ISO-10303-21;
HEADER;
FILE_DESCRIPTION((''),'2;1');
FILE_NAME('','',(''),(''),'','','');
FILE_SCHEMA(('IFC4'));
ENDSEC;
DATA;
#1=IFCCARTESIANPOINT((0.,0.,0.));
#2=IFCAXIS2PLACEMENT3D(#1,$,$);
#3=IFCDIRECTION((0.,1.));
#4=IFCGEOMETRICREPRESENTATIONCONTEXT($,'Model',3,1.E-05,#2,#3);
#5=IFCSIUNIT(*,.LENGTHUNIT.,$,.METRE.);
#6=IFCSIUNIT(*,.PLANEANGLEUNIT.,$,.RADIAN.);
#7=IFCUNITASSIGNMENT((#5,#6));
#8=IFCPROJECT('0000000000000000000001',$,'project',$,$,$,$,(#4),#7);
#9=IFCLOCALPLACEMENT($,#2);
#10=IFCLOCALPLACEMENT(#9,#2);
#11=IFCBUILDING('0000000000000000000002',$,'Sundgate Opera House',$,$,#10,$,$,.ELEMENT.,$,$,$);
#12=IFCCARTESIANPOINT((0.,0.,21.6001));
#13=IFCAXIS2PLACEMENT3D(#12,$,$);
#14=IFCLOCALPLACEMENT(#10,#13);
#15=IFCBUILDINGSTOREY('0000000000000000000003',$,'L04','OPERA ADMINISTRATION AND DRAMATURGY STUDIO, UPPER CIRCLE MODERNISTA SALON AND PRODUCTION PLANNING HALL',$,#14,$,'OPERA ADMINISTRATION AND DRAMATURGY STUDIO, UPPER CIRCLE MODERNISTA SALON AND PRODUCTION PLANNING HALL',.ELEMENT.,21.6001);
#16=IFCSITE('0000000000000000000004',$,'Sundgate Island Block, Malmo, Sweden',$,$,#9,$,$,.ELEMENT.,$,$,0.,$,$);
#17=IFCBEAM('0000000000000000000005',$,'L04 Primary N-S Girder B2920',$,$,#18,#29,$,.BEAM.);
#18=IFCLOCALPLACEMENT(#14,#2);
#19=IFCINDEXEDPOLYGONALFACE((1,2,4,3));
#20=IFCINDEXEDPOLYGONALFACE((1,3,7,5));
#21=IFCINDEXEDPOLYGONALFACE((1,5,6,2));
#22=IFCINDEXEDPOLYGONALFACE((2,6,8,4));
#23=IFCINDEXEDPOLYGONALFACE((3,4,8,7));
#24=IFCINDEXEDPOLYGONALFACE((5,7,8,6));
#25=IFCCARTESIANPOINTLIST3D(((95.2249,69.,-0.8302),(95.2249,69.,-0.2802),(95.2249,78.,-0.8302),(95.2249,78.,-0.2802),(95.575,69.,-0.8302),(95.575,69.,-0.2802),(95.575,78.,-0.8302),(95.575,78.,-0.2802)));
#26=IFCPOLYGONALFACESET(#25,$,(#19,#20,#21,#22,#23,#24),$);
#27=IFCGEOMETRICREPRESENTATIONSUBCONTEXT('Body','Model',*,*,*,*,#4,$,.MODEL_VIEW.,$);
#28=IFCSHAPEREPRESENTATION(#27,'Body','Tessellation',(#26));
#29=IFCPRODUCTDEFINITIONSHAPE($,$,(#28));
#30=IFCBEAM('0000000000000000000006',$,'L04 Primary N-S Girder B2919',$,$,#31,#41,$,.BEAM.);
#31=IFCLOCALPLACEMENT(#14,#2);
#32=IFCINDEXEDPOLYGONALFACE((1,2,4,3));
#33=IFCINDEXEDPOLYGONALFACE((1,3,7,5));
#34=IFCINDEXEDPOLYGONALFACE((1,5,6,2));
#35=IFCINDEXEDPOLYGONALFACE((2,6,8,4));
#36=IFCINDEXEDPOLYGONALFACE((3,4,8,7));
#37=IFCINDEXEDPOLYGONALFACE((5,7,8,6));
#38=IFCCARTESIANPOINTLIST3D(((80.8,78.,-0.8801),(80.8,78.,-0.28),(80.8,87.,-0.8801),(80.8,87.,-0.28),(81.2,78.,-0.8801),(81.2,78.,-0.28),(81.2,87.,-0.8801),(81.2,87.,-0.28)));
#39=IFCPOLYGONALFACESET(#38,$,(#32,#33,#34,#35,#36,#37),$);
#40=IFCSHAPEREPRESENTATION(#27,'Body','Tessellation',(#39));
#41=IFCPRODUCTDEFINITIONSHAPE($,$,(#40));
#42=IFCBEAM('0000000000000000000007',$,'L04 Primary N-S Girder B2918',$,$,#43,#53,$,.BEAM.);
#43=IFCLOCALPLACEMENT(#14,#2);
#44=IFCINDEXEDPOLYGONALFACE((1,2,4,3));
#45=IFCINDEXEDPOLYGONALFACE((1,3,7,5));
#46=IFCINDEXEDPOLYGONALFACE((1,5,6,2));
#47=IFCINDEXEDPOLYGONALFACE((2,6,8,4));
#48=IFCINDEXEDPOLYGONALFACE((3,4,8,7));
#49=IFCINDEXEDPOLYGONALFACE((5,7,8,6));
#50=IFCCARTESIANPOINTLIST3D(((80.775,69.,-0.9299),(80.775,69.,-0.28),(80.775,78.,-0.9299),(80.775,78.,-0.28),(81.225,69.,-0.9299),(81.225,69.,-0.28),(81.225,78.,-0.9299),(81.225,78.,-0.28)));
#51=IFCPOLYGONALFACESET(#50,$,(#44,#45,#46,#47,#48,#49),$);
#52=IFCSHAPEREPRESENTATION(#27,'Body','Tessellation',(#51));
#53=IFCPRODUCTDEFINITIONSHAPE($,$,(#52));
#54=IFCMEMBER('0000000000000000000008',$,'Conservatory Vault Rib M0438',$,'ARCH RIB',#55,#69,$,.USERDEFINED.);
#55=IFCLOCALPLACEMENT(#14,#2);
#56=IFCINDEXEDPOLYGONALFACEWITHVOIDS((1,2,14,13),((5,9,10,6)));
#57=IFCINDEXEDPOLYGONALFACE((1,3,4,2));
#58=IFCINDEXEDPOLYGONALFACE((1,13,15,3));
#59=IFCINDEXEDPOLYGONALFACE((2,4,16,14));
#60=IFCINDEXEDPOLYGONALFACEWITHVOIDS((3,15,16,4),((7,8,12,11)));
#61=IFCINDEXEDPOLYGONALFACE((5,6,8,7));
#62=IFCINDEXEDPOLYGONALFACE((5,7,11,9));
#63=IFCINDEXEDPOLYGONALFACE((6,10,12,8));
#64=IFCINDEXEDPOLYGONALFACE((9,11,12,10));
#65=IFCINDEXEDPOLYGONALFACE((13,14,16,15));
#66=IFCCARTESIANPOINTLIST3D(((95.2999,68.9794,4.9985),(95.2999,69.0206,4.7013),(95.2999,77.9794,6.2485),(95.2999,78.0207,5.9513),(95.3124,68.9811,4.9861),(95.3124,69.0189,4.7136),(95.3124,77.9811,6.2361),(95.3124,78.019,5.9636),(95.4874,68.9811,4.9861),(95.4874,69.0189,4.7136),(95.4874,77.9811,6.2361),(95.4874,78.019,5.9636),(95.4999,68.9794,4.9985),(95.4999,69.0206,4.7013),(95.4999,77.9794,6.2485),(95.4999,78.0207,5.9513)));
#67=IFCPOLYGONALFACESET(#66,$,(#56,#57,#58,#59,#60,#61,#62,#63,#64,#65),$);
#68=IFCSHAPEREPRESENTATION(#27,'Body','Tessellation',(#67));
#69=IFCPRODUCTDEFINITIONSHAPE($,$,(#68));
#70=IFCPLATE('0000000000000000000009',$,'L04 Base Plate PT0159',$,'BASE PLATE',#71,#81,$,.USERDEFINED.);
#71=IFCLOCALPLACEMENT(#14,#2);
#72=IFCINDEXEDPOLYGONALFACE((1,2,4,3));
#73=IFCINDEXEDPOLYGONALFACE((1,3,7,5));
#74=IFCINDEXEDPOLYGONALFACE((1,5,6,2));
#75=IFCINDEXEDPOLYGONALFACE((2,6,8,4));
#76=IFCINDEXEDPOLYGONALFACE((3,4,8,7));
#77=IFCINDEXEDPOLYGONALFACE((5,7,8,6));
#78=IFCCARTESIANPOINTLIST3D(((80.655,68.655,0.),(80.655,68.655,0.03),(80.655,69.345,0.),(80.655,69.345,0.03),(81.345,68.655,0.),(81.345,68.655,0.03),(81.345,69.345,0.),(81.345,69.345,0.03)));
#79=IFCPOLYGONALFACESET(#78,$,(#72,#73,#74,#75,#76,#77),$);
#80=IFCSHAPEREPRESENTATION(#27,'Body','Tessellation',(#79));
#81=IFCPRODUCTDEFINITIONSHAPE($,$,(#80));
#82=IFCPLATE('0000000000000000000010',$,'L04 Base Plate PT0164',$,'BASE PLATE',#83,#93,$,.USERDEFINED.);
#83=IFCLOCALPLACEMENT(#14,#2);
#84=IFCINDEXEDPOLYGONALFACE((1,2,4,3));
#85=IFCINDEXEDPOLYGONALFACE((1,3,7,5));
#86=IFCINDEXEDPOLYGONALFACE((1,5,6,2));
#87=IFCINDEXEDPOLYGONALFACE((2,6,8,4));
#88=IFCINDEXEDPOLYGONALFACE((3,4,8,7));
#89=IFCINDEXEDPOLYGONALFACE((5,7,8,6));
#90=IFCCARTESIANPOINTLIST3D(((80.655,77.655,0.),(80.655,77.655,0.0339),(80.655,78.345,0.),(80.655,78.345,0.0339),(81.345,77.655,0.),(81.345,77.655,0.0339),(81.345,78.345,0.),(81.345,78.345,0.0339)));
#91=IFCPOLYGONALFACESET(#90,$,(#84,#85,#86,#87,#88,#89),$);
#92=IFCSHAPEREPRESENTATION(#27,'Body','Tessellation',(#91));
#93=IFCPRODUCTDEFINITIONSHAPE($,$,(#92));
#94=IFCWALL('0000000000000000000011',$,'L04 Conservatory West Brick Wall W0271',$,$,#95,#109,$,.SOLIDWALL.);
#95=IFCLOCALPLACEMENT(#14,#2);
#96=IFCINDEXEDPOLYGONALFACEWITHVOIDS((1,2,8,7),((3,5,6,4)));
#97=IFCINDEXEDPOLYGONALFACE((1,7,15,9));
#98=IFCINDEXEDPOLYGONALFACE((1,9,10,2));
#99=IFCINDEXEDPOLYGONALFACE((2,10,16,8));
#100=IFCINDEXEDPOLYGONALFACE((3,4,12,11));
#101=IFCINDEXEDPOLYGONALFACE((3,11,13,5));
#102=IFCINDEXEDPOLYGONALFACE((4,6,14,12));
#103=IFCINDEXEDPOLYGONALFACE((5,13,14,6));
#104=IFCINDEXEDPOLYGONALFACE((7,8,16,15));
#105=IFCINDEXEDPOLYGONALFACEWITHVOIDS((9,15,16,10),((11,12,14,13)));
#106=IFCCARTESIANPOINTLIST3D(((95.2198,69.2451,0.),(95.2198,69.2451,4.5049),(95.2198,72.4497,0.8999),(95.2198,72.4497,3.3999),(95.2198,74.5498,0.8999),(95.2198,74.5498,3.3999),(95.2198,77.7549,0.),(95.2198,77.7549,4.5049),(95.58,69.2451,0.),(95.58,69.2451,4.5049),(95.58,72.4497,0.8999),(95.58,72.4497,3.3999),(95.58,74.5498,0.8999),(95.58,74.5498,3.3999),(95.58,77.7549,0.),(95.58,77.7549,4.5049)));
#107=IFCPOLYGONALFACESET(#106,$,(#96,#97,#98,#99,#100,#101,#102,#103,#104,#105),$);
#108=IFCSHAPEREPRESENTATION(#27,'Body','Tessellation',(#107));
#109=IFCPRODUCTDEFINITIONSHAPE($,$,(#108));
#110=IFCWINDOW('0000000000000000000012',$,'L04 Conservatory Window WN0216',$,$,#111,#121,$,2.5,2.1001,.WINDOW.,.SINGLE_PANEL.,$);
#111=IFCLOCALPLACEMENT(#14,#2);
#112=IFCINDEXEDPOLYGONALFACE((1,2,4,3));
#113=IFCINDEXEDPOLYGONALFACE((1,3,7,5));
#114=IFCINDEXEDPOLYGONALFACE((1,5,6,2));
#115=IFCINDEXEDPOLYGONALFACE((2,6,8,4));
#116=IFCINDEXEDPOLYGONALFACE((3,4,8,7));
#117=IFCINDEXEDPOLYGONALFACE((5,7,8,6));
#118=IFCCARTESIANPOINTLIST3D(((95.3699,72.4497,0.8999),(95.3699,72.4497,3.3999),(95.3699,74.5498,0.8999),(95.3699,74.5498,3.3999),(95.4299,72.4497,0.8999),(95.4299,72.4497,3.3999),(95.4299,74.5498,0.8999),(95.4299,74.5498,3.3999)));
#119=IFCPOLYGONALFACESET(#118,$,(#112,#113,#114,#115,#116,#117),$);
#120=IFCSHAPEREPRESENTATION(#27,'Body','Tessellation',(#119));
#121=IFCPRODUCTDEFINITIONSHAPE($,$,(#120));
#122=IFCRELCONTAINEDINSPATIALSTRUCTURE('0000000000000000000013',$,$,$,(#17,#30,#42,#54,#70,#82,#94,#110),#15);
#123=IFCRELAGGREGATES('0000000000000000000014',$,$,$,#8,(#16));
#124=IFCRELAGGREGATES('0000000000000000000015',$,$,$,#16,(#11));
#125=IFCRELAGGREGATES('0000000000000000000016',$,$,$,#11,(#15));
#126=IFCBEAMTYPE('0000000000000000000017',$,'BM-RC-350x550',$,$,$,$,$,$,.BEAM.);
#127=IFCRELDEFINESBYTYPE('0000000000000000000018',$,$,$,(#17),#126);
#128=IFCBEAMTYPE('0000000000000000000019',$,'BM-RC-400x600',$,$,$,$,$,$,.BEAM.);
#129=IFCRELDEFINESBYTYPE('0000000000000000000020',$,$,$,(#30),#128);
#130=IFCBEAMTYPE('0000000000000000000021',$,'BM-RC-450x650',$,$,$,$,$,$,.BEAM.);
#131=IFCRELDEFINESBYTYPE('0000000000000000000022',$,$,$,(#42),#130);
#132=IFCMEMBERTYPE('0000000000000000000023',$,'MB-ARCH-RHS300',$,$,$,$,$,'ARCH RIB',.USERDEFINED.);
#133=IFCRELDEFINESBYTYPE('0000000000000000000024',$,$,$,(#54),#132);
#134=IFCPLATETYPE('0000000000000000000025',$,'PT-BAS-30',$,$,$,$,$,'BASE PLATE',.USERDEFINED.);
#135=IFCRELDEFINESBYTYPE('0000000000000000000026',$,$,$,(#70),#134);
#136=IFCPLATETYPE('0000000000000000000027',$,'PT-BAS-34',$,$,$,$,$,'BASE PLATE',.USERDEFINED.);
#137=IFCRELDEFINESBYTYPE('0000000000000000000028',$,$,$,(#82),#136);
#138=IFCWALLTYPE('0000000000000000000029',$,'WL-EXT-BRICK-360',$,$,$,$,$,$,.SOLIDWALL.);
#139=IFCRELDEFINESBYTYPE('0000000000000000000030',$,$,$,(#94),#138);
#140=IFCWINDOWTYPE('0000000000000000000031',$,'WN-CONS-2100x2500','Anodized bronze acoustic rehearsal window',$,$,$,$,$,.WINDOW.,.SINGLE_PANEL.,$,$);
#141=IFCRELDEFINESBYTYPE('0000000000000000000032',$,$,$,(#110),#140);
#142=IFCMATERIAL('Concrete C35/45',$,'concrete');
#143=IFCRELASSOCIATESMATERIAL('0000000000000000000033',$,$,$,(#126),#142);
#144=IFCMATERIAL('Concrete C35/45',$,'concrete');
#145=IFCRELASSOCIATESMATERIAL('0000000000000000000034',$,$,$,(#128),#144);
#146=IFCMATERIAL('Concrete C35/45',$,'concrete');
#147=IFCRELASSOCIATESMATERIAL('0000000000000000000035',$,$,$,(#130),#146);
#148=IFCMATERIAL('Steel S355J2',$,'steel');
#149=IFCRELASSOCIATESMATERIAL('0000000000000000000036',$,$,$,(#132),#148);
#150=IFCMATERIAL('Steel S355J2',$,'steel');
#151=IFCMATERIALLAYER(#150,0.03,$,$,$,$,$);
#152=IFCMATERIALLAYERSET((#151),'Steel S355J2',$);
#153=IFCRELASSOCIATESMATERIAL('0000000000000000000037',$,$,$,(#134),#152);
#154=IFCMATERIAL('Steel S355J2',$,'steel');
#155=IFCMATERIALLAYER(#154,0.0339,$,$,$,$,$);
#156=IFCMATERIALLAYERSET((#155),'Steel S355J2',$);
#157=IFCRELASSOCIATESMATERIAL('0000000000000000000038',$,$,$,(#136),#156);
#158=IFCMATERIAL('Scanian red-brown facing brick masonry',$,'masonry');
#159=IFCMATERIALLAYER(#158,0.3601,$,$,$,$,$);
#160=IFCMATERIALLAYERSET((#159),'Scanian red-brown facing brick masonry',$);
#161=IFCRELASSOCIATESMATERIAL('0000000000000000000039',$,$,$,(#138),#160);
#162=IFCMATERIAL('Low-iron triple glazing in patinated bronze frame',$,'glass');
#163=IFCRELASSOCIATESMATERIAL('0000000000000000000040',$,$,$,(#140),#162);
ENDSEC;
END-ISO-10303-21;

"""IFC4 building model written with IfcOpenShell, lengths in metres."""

from ifc_helpers import new_model, si_unit, direction, frame, frame_2d, origin, origin_2d, place, context, subcontext, project, spatial, rectangle, hollow_rectangle, extrude, material, layer, layer_set, material_profile, profile_set, type_object, element, fill, save


model = new_model("IFC4")

# Units and contexts
model_context = context("Model", 3, precision=1e-05, world=origin(), true_north=direction((0.0, 1.0)))
body_context = subcontext(model_context, "Body", "Model", "MODEL_VIEW")
ifc_project = project(units=[si_unit("LENGTHUNIT", "METRE"), si_unit("PLANEANGLEUNIT", "RADIAN")], contexts=[model_context])

# Site, building, storey
site_placement = place(None, origin())
site = spatial("IfcSite", under=ifc_project, at=site_placement, Name="Sundgate Island Block, Malmo, Sweden", CompositionType="ELEMENT", RefElevation=0.0)
building_placement = place(site_placement, origin())
building = spatial("IfcBuilding", under=site, at=building_placement, Name="Sundgate Opera House", CompositionType="ELEMENT")
storey_placement = place(building_placement, frame((0.0, 0.0, 21.6001)))
storey = spatial("IfcBuildingStorey", under=building, at=storey_placement, Name="L04", Description="OPERA ADMINISTRATION AND DRAMATURGY STUDIO, UPPER CIRCLE MODERNISTA SALON AND PRODUCTION PLANNING HALL", LongName="OPERA ADMINISTRATION AND DRAMATURGY STUDIO, UPPER CIRCLE MODERNISTA SALON AND PRODUCTION PLANNING HALL", CompositionType="ELEMENT", Elevation=21.6001)

# Beams
ifc_material_1 = material(Name="Concrete C35/45", Category="concrete")
ifc_material_profile_1 = material_profile(ifc_material_1, rectangle(XDim=0.3501, YDim=0.55, at=origin_2d()), Name="RC 350x550")
ifc_profile_set_1 = profile_set([ifc_material_profile_1], Name="Concrete C35/45")
beam_type_1 = type_object("IfcBeamType", Name="BM-RC-350x550", PredefinedType="BEAM", material=ifc_profile_set_1)
beam_1_placement = place(storey_placement, frame((95.3999, 69.0, -0.5552), z_axis=(0.0, 1.0, 0.0), x_axis=(-1.0, 0.0, 0.0)))
element("IfcBeam", 1, at=beam_1_placement, inside=storey, type_object=beam_type_1, Name="L04 Primary N-S Girder B2920", PredefinedType="BEAM", context=body_context, shape_type="SweptSolid", body=[
    extrude(rectangle(XDim=0.3501, YDim=0.55, at=origin_2d()), origin(), (0.0, 0.0, 1.0), 9.0),
])
ifc_material_2 = material(Name="Concrete C35/45", Category="concrete")
ifc_material_profile_2 = material_profile(ifc_material_2, rectangle(XDim=0.3999, YDim=0.6001, at=origin_2d()), Name="RC 400x600")
ifc_profile_set_2 = profile_set([ifc_material_profile_2], Name="Concrete C35/45")
beam_type_2 = type_object("IfcBeamType", Name="BM-RC-400x600", PredefinedType="BEAM", material=ifc_profile_set_2)
beam_2_placement = place(storey_placement, frame((81.0, 78.0, -0.5801), z_axis=(0.0, 1.0, 0.0), x_axis=(-1.0, 0.0, 0.0)))
element("IfcBeam", 2, at=beam_2_placement, inside=storey, type_object=beam_type_2, Name="L04 Primary N-S Girder B2919", PredefinedType="BEAM", context=body_context, shape_type="SweptSolid", body=[
    extrude(rectangle(XDim=0.3999, YDim=0.6001, at=origin_2d()), origin(), (0.0, 0.0, 1.0), 9.0),
])
ifc_material_3 = material(Name="Concrete C35/45", Category="concrete")
ifc_material_profile_3 = material_profile(ifc_material_3, rectangle(XDim=0.45, YDim=0.6499, at=origin_2d()), Name="RC 450x650")
ifc_profile_set_3 = profile_set([ifc_material_profile_3], Name="Concrete C35/45")
beam_type_3 = type_object("IfcBeamType", Name="BM-RC-450x650", PredefinedType="BEAM", material=ifc_profile_set_3)
beam_3_placement = place(storey_placement, frame((81.0, 69.0, -0.605), z_axis=(0.0, 1.0, 0.0), x_axis=(-1.0, 0.0, 0.0)))
element("IfcBeam", 3, at=beam_3_placement, inside=storey, type_object=beam_type_3, Name="L04 Primary N-S Girder B2918", PredefinedType="BEAM", context=body_context, shape_type="SweptSolid", body=[
    extrude(rectangle(XDim=0.45, YDim=0.6499, at=origin_2d()), origin(), (0.0, 0.0, 1.0), 9.0),
])

# Member
ifc_material_4 = material(Name="Steel S355J2", Category="steel")
ifc_material_profile_4 = material_profile(ifc_material_4, hollow_rectangle(XDim=0.2, YDim=0.3, WallThickness=0.0125, at=origin_2d()), Name="RHS 300x200x12.5")
ifc_profile_set_4 = profile_set([ifc_material_profile_4], Name="Steel S355J2")
member_type = type_object("IfcMemberType", Name="MB-ARCH-RHS300", ElementType="ARCH RIB", PredefinedType="USERDEFINED", material=ifc_profile_set_4)
member_placement = place(storey_placement, frame((95.3999, 69.0, 4.8499), z_axis=(0.0, 0.990492, 0.137568), x_axis=(-1.0, 0.0, 0.0)))
element("IfcMember", 4, at=member_placement, inside=storey, type_object=member_type, Name="Conservatory Vault Rib M0438", ObjectType="ARCH RIB", PredefinedType="USERDEFINED", context=body_context, shape_type="SweptSolid", body=[
    extrude(hollow_rectangle(XDim=0.2, YDim=0.3, WallThickness=0.0125, at=origin_2d()), origin(), (0.0, 0.0, 1.0), 9.0864),
])

# Plates
ifc_material_5 = material(Name="Steel S355J2", Category="steel")
ifc_layer_1 = layer(ifc_material_5, 0.03)
ifc_layer_set_1 = layer_set([ifc_layer_1], Name="Steel S355J2")
plate_type_1 = type_object("IfcPlateType", Name="PT-BAS-30", ElementType="BASE PLATE", PredefinedType="USERDEFINED", material=ifc_layer_set_1)
plate_1_placement = place(storey_placement, frame((81.0, 69.0, 0.0), z_axis=(0.0, 0.0, 1.0), x_axis=(1.0, 0.0, 0.0)))
element("IfcPlate", 5, at=plate_1_placement, inside=storey, type_object=plate_type_1, Name="L04 Base Plate PT0159", ObjectType="BASE PLATE", PredefinedType="USERDEFINED", context=body_context, shape_type="SweptSolid", body=[
    extrude(rectangle(XDim=0.6899, YDim=0.6899, at=origin_2d()), origin(), (0.0, 0.0, 1.0), 0.03),
])
ifc_material_6 = material(Name="Steel S355J2", Category="steel")
ifc_layer_2 = layer(ifc_material_6, 0.0339)
ifc_layer_set_2 = layer_set([ifc_layer_2], Name="Steel S355J2")
plate_type_2 = type_object("IfcPlateType", Name="PT-BAS-34", ElementType="BASE PLATE", PredefinedType="USERDEFINED", material=ifc_layer_set_2)
plate_2_placement = place(storey_placement, frame((81.0, 78.0, 0.0), z_axis=(0.0, 0.0, 1.0), x_axis=(1.0, 0.0, 0.0)))
element("IfcPlate", 6, at=plate_2_placement, inside=storey, type_object=plate_type_2, Name="L04 Base Plate PT0164", ObjectType="BASE PLATE", PredefinedType="USERDEFINED", context=body_context, shape_type="SweptSolid", body=[
    extrude(rectangle(XDim=0.6899, YDim=0.6899, at=origin_2d()), origin(), (0.0, 0.0, 1.0), 0.0339),
])

# Wall, opening, window
ifc_material_7 = material(Name="Scanian red-brown facing brick masonry", Category="masonry")
ifc_layer_3 = layer(ifc_material_7, 0.3601)
ifc_layer_set_3 = layer_set([ifc_layer_3], Name="Scanian red-brown facing brick masonry")
wall_type_1 = type_object("IfcWallType", Name="WL-EXT-BRICK-360", PredefinedType="SOLIDWALL", material=ifc_layer_set_3)
wall_1_placement = place(storey_placement, frame((95.3999, 77.7549, 0.0), z_axis=(0.0, 0.0, 1.0), x_axis=(0.0, -1.0, 0.0)))
wall_1 = element("IfcWall", 7, at=wall_1_placement, inside=storey, type_object=wall_type_1, Name="L04 Conservatory West Brick Wall W0271", PredefinedType="SOLIDWALL", context=body_context, shape_type="SweptSolid", body=[
    extrude(rectangle(XDim=8.5098, YDim=0.3601, at=frame_2d((4.2549, 0.0))), origin(), (0.0, 0.0, 1.0), 4.5049),
])
opening_1_placement = place(wall_1_placement, frame((3.2051, 0.0, 0.8999)))
opening_1 = element("IfcOpeningElement", 8, at=opening_1_placement, cuts=wall_1, PredefinedType="OPENING", context=body_context, shape_type="SweptSolid", body=[
    extrude(rectangle(XDim=2.1001, YDim=2.5, at=frame_2d((1.05, 1.25))), frame((0.0, 0.1899, 0.0), z_axis=(0.0, -1.0, 0.0), x_axis=(1.0, 0.0, 0.0)), (0.0, 0.0, 1.0), 0.3801),
])
ifc_material_8 = material(Name="Low-iron triple glazing in patinated bronze frame", Category="glass")
window_type_1 = type_object("IfcWindowType", Name="WN-CONS-2100x2500", Description="Anodized bronze acoustic rehearsal window", PartitioningType="SINGLE_PANEL", PredefinedType="WINDOW", material=ifc_material_8)
window_1_placement = place(opening_1_placement, origin())
window_1 = element("IfcWindow", 9, at=window_1_placement, inside=storey, type_object=window_type_1, Name="L04 Conservatory Window WN0216", OverallHeight=2.5, OverallWidth=2.1001, PartitioningType="SINGLE_PANEL", PredefinedType="WINDOW", context=body_context, shape_type="SweptSolid", body=[
    extrude(rectangle(XDim=2.1001, YDim=2.5, at=frame_2d((1.05, 1.25))), frame((0.0, 0.03, 0.0), z_axis=(0.0, -1.0, 0.0), x_axis=(1.0, 0.0, 0.0)), (0.0, 0.0, 1.0), 0.0601),
])
fill(opening_1, window_1)

save(model, "model.ifc")
